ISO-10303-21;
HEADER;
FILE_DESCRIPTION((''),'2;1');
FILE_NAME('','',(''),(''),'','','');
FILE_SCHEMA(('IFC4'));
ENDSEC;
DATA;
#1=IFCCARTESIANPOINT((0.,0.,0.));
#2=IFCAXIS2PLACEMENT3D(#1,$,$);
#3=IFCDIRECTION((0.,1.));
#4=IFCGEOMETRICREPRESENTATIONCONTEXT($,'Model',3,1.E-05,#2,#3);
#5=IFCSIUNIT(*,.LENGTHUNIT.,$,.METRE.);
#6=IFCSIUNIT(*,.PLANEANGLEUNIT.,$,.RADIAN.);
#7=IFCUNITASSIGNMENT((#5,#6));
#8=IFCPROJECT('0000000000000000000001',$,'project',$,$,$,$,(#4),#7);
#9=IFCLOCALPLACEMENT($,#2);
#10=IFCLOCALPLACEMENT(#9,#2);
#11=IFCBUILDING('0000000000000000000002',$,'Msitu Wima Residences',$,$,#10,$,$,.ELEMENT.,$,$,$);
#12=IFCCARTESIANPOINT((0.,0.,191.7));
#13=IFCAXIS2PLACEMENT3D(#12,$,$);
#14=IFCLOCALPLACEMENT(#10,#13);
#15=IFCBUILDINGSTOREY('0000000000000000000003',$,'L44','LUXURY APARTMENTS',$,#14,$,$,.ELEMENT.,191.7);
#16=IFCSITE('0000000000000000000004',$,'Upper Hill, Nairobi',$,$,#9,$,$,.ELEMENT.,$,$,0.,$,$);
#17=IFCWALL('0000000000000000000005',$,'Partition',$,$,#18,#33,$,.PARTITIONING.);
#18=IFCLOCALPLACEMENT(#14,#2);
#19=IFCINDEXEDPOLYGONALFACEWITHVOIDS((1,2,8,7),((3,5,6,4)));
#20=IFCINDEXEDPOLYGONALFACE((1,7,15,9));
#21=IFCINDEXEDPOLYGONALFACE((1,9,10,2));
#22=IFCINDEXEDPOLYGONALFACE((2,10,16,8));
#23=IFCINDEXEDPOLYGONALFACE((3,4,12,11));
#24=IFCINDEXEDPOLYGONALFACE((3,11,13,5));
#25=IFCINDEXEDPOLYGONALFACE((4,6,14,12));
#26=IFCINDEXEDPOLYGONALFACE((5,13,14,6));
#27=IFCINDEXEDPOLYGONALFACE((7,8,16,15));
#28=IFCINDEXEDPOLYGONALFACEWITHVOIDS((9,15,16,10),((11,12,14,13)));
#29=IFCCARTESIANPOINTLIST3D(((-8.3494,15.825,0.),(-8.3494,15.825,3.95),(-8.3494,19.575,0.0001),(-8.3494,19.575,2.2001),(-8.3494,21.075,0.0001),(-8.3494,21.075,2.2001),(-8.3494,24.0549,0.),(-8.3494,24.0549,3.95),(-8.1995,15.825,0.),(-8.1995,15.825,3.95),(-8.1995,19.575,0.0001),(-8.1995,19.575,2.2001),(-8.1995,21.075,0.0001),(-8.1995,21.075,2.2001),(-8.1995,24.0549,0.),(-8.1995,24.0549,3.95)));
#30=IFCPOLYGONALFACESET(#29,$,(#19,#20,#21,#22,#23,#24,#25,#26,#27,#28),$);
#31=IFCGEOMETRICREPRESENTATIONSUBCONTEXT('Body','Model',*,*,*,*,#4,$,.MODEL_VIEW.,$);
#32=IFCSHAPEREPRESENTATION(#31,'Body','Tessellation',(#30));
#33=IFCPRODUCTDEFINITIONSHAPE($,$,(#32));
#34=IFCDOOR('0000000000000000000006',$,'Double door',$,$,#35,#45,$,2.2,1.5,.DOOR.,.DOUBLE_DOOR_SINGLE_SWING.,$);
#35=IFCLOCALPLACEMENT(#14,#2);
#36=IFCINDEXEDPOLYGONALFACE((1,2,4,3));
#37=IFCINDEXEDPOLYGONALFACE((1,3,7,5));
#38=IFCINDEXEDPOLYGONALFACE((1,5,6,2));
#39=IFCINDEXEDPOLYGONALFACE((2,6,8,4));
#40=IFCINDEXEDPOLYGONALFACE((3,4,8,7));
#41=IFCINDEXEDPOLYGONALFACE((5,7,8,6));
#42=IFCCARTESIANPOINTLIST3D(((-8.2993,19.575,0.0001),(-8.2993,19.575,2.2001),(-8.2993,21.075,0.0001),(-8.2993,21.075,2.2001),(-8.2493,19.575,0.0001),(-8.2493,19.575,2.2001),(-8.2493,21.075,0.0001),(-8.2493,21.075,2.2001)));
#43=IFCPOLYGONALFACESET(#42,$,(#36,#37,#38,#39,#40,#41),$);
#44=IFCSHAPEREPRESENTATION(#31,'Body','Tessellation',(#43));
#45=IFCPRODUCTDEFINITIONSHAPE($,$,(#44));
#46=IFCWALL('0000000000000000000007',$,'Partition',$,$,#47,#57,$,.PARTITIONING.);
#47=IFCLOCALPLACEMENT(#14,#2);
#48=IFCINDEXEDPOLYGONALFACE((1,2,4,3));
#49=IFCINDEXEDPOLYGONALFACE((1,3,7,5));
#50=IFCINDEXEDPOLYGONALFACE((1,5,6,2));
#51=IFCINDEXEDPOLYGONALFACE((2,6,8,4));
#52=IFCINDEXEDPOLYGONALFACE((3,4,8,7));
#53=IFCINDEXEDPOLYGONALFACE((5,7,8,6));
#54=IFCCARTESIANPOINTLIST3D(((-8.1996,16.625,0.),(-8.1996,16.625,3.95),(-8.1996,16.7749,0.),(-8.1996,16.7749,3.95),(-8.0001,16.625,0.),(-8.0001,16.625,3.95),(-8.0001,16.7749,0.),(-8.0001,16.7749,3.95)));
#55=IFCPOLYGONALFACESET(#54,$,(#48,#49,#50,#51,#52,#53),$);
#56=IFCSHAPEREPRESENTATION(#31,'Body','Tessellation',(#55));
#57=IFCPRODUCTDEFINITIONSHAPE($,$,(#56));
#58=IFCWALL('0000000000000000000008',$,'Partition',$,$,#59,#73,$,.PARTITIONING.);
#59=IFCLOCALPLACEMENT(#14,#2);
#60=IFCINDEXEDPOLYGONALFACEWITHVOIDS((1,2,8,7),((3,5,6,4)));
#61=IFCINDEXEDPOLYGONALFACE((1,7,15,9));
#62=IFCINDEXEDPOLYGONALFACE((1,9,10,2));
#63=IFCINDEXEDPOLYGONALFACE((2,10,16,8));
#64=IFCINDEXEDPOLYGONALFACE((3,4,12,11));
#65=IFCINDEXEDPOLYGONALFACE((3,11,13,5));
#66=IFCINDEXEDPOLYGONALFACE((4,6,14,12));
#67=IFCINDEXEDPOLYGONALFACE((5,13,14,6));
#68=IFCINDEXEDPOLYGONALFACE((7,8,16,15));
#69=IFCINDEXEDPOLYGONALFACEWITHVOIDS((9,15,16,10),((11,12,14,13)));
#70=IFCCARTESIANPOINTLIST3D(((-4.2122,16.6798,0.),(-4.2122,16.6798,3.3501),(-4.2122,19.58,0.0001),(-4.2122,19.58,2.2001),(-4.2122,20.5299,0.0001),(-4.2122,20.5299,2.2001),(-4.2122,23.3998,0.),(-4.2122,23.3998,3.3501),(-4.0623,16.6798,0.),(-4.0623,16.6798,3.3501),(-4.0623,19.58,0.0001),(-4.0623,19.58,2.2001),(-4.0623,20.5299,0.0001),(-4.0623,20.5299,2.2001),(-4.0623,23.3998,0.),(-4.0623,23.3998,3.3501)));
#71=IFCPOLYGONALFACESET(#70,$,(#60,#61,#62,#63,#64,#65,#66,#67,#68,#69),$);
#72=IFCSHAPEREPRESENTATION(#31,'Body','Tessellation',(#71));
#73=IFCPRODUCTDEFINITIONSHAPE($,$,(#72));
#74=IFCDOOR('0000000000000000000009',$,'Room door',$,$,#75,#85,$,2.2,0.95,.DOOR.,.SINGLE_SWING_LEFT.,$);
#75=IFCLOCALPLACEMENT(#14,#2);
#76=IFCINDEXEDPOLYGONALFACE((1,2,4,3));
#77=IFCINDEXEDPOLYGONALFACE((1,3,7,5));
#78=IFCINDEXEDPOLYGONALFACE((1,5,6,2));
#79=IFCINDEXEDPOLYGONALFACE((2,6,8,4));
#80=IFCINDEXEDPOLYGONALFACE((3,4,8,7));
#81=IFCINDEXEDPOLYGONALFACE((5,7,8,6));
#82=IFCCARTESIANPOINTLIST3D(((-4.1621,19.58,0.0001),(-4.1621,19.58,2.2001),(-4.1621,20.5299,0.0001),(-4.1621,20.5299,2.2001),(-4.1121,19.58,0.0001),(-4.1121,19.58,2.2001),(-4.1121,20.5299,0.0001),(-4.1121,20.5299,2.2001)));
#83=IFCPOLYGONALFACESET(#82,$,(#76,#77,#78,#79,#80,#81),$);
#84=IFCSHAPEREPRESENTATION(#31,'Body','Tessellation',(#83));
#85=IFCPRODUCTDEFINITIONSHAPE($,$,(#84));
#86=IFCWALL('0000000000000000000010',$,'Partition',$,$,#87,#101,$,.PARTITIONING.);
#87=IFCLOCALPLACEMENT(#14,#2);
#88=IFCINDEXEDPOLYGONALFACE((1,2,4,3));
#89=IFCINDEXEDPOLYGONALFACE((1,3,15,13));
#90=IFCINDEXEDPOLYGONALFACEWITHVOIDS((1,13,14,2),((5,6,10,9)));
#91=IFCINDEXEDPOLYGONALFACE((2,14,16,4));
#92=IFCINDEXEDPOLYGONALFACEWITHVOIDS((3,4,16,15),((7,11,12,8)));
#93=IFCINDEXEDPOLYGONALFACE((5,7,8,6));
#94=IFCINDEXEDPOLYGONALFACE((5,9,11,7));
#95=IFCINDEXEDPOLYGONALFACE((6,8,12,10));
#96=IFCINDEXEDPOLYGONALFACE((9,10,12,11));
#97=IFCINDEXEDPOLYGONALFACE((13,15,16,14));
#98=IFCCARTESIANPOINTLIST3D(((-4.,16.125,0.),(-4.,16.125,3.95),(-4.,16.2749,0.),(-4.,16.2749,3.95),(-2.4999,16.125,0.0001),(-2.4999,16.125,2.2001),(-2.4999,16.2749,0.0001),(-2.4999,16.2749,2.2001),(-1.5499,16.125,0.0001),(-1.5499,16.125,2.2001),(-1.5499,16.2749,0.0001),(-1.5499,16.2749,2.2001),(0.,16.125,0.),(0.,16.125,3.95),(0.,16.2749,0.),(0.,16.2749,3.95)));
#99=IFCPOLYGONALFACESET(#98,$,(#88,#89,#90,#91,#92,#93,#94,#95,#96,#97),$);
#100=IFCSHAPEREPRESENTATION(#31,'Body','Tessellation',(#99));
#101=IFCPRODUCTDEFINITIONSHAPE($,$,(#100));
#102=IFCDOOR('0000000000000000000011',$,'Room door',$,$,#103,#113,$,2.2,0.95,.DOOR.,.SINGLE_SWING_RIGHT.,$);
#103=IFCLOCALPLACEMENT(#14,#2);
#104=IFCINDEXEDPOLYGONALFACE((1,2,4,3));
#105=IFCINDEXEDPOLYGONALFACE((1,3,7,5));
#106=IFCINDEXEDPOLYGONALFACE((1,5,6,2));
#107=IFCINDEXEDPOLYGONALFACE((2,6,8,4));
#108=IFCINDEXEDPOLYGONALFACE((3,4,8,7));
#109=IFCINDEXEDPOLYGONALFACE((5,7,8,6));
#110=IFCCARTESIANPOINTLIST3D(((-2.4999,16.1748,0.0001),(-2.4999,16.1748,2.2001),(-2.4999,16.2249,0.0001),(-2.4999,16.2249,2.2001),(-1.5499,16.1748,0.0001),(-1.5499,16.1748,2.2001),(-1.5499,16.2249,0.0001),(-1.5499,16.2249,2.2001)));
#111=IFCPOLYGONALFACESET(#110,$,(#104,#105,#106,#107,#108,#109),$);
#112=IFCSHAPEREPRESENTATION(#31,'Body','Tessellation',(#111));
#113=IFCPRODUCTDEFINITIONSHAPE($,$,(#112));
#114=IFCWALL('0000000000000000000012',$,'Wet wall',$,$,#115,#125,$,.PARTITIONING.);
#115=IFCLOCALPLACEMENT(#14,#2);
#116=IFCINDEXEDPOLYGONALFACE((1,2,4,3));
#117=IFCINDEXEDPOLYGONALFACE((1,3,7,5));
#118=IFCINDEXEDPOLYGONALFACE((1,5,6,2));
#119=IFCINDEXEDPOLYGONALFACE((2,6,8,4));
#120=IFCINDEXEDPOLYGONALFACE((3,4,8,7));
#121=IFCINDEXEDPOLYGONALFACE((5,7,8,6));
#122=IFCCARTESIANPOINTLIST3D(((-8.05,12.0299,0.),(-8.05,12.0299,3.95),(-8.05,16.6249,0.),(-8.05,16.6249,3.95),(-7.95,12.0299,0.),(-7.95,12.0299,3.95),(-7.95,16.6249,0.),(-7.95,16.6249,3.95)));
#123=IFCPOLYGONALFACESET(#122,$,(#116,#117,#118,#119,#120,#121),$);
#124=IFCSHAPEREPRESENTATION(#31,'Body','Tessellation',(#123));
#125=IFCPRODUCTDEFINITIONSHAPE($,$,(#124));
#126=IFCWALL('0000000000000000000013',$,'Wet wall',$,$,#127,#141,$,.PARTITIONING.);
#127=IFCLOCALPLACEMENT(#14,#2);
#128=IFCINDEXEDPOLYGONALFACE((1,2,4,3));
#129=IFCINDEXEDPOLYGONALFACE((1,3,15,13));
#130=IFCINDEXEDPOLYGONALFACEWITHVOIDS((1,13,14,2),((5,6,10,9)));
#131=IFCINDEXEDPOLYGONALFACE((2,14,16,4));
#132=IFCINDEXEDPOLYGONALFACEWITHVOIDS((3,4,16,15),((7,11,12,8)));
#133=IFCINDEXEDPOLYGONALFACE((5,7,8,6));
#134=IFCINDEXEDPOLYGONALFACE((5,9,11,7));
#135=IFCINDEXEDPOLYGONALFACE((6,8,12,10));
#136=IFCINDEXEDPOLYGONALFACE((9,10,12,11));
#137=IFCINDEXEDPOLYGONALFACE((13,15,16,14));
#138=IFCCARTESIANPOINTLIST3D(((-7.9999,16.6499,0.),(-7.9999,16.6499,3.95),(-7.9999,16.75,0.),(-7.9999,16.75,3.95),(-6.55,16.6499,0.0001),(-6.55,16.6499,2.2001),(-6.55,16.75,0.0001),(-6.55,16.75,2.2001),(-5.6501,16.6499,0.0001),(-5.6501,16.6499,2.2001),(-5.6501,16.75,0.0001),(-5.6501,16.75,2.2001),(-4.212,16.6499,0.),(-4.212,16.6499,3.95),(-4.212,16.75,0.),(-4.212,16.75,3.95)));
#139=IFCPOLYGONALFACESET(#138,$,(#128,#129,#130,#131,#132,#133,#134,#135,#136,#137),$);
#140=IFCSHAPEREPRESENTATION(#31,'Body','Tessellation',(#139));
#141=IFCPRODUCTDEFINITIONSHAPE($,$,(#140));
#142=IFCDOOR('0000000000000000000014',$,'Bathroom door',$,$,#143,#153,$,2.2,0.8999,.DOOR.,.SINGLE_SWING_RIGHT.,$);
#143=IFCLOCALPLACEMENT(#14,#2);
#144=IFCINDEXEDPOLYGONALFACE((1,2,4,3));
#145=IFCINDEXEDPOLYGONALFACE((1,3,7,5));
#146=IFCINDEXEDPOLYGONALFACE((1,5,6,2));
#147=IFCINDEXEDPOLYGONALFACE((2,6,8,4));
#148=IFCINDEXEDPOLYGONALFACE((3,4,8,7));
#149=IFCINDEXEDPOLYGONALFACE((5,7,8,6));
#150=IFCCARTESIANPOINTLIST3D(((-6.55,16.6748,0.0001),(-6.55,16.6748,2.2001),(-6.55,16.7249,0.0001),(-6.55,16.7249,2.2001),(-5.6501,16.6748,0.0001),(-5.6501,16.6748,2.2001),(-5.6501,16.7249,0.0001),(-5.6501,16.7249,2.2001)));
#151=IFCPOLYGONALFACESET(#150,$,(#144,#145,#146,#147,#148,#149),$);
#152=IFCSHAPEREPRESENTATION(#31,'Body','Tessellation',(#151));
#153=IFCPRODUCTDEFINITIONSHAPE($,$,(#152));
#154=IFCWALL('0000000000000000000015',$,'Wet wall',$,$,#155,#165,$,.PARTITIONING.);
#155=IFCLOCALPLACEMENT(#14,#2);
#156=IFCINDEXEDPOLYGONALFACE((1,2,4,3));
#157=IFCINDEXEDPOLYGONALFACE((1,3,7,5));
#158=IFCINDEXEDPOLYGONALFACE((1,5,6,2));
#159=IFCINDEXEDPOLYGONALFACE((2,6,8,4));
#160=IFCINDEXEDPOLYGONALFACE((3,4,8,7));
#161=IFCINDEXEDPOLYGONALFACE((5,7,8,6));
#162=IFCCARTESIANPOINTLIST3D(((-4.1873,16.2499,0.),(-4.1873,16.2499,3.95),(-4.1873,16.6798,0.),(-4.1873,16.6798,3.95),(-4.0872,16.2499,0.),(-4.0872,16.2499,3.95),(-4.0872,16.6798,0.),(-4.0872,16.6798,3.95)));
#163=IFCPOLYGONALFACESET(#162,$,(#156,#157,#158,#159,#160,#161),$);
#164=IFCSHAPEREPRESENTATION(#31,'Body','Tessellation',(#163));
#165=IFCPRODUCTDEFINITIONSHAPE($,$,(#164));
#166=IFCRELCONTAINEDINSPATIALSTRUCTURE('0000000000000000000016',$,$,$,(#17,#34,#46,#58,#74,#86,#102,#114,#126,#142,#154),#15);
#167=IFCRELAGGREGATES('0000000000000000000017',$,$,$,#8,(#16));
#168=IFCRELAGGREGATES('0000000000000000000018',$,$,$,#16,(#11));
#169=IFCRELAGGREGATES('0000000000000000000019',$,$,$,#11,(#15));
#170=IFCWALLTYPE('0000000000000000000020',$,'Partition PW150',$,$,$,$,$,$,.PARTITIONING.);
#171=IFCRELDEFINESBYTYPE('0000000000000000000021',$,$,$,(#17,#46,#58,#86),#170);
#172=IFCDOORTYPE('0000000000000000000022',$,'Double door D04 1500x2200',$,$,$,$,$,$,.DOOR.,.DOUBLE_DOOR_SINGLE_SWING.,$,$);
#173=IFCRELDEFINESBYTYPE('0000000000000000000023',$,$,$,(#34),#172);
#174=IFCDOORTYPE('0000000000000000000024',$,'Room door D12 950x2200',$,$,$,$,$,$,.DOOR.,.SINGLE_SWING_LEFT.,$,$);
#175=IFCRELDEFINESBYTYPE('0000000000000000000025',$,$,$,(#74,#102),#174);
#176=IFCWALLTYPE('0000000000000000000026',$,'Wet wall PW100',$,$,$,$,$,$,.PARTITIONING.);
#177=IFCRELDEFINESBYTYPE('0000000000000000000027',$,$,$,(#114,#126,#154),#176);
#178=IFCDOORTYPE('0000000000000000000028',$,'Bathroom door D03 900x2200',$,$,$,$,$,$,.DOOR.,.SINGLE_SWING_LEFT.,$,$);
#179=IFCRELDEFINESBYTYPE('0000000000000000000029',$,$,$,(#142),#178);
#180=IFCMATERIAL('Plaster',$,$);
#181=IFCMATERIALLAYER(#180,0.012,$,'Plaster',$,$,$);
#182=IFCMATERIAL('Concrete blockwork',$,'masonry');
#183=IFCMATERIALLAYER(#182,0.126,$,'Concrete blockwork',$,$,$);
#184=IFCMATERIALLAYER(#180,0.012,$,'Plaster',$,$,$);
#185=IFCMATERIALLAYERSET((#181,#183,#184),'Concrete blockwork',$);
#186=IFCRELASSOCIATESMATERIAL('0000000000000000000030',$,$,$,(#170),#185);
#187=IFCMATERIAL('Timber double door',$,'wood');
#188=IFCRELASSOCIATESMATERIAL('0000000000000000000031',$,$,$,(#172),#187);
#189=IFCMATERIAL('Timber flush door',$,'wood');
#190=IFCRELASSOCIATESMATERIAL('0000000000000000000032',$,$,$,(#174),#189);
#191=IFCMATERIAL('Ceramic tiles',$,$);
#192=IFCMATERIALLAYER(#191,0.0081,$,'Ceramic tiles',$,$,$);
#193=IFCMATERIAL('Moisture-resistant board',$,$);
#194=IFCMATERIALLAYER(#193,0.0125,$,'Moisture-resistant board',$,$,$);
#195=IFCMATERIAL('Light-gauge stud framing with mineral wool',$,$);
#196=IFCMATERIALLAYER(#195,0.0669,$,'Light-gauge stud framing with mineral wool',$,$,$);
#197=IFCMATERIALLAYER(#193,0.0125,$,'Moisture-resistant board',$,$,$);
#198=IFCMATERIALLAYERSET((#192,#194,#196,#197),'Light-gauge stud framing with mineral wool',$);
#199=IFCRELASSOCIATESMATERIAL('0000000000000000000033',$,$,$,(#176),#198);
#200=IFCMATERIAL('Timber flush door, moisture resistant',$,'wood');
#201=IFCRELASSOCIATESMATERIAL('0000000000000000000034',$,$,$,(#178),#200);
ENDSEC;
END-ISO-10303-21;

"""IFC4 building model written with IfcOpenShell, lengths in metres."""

from ifc_helpers import new_model, si_unit, direction, frame, frame_2d, origin, place, context, subcontext, project, spatial, rectangle, extrude, material, layer, layer_set, type_object, element, fill, save


model = new_model("IFC4")

# Units and contexts
model_context = context("Model", 3, precision=1e-05, world=origin(), true_north=direction((0.0, 1.0)))
body_context = subcontext(model_context, "Body", "Model", "MODEL_VIEW")
ifc_project = project(units=[si_unit("LENGTHUNIT", "METRE"), si_unit("PLANEANGLEUNIT", "RADIAN")], contexts=[model_context])

# Site, building, storey
site_placement = place(None, origin())
site = spatial("IfcSite", under=ifc_project, at=site_placement, Name="Upper Hill, Nairobi", CompositionType="ELEMENT", RefElevation=0.0)
building_placement = place(site_placement, origin())
building = spatial("IfcBuilding", under=site, at=building_placement, Name="Msitu Wima Residences", CompositionType="ELEMENT")
storey_placement = place(building_placement, frame((0.0, 0.0, 191.7)))
storey = spatial("IfcBuildingStorey", under=building, at=storey_placement, Name="L44", Description="LUXURY APARTMENTS", CompositionType="ELEMENT", Elevation=191.7)

# Wall, opening, door
ifc_material_1 = material(Name="Plaster")
ifc_layer_1 = layer(ifc_material_1, 0.012, Name="Plaster")
ifc_material_2 = material(Name="Concrete blockwork", Category="masonry")
ifc_layer_2 = layer(ifc_material_2, 0.126, Name="Concrete blockwork")
ifc_layer_3 = layer(ifc_material_1, 0.012, Name="Plaster")
ifc_layer_set_1 = layer_set([ifc_layer_1, ifc_layer_2, ifc_layer_3], Name="Concrete blockwork")
wall_type_1 = type_object("IfcWallType", Name="Partition PW150", PredefinedType="PARTITIONING", material=ifc_layer_set_1)
wall_1_placement = place(storey_placement, frame((-8.2744, 15.825, 0.0), z_axis=(0.0, 0.0, 1.0), x_axis=(0.0, 1.0, 0.0)))
wall_1 = element("IfcWall", 1, at=wall_1_placement, inside=storey, type_object=wall_type_1, Name="Partition", PredefinedType="PARTITIONING", context=body_context, shape_type="SweptSolid", body=[
    extrude(rectangle(XDim=8.23, YDim=0.1499, at=frame_2d((4.115, 0.0))), origin(), (0.0, 0.0, 1.0), 3.95),
])
opening_1_placement = place(wall_1_placement, frame((3.75, 0.0, 0.0)))
opening_1 = element("IfcOpeningElement", 2, at=opening_1_placement, cuts=wall_1, PredefinedType="OPENING", context=body_context, shape_type="SweptSolid", body=[
    extrude(rectangle(XDim=1.5, YDim=2.2, at=frame_2d((0.75, 1.1001))), frame((0.0, 0.085, 0.0), z_axis=(0.0, -1.0, 0.0), x_axis=(1.0, 0.0, 0.0)), (0.0, 0.0, 1.0), 0.1699),
])
ifc_material_3 = material(Name="Timber double door", Category="wood")
door_type_1 = type_object("IfcDoorType", Name="Double door D04 1500x2200", OperationType="DOUBLE_DOOR_SINGLE_SWING", PredefinedType="DOOR", material=ifc_material_3)
door_1_placement = place(opening_1_placement, origin())
door_1 = element("IfcDoor", 3, at=door_1_placement, inside=storey, type_object=door_type_1, Name="Double door", OperationType="DOUBLE_DOOR_SINGLE_SWING", OverallHeight=2.2, OverallWidth=1.5, PredefinedType="DOOR", context=body_context, shape_type="SweptSolid", body=[
    extrude(rectangle(XDim=1.5, YDim=2.2, at=frame_2d((0.75, 1.1001))), frame((0.0, 0.0249, 0.0), z_axis=(0.0, -1.0, 0.0), x_axis=(1.0, 0.0, 0.0)), (0.0, 0.0, 1.0), 0.05),
])
fill(opening_1, door_1)

# Wall
wall_2_placement = place(storey_placement, frame((-8.1995, 16.7, 0.0), z_axis=(0.0, 0.0, 1.0), x_axis=(1.0, 0.0, 0.0)))
element("IfcWall", 4, at=wall_2_placement, inside=storey, type_object=wall_type_1, Name="Partition", PredefinedType="PARTITIONING", context=body_context, shape_type="SweptSolid", body=[
    extrude(rectangle(XDim=0.1995, YDim=0.1499, at=frame_2d((0.0996, 0.0))), origin(), (0.0, 0.0, 1.0), 3.95),
])

# Walls, openings, doors
wall_3_placement = place(storey_placement, frame((-4.1372, 16.6799, 0.0), z_axis=(0.0, 0.0, 1.0), x_axis=(0.0, 1.0, 0.0)))
wall_3 = element("IfcWall", 5, at=wall_3_placement, inside=storey, type_object=wall_type_1, Name="Partition", PredefinedType="PARTITIONING", context=body_context, shape_type="SweptSolid", body=[
    extrude(rectangle(XDim=6.72, YDim=0.1499, at=frame_2d((3.3599, 0.0))), origin(), (0.0, 0.0, 1.0), 3.3501),
])
opening_2_placement = place(wall_3_placement, frame((2.8999, 0.0, 0.0)))
opening_2 = element("IfcOpeningElement", 6, at=opening_2_placement, cuts=wall_3, PredefinedType="OPENING", context=body_context, shape_type="SweptSolid", body=[
    extrude(rectangle(XDim=0.95, YDim=2.2, at=frame_2d((0.4751, 1.1001))), frame((0.0, 0.085, 0.0), z_axis=(0.0, -1.0, 0.0), x_axis=(1.0, 0.0, 0.0)), (0.0, 0.0, 1.0), 0.1699),
])
ifc_material_4 = material(Name="Timber flush door", Category="wood")
door_type_2 = type_object("IfcDoorType", Name="Room door D12 950x2200", OperationType="SINGLE_SWING_LEFT", PredefinedType="DOOR", material=ifc_material_4)
door_2_placement = place(opening_2_placement, origin())
door_2 = element("IfcDoor", 7, at=door_2_placement, inside=storey, type_object=door_type_2, Name="Room door", OperationType="SINGLE_SWING_LEFT", OverallHeight=2.2, OverallWidth=0.95, PredefinedType="DOOR", context=body_context, shape_type="SweptSolid", body=[
    extrude(rectangle(XDim=0.95, YDim=2.2, at=frame_2d((0.4751, 1.1001))), frame((0.0, 0.0249, 0.0), z_axis=(0.0, -1.0, 0.0), x_axis=(1.0, 0.0, 0.0)), (0.0, 0.0, 1.0), 0.05),
])
fill(opening_2, door_2)
wall_4_placement = place(storey_placement, frame((-4.0, 16.2, 0.0), z_axis=(0.0, 0.0, 1.0), x_axis=(1.0, 0.0, 0.0)))
wall_4 = element("IfcWall", 8, at=wall_4_placement, inside=storey, type_object=wall_type_1, Name="Partition", PredefinedType="PARTITIONING", context=body_context, shape_type="SweptSolid", body=[
    extrude(rectangle(XDim=4.0, YDim=0.1499, at=frame_2d((2.0, 0.0))), origin(), (0.0, 0.0, 1.0), 3.95),
])
opening_3_placement = place(wall_4_placement, frame((1.5, 0.0, 0.0)))
opening_3 = element("IfcOpeningElement", 9, at=opening_3_placement, cuts=wall_4, PredefinedType="OPENING", context=body_context, shape_type="SweptSolid", body=[
    extrude(rectangle(XDim=0.95, YDim=2.2, at=frame_2d((0.4751, 1.1001))), frame((0.0, 0.085, 0.0), z_axis=(0.0, -1.0, 0.0), x_axis=(1.0, 0.0, 0.0)), (0.0, 0.0, 1.0), 0.1699),
])
door_3_placement = place(opening_3_placement, origin())
door_3 = element("IfcDoor", 10, at=door_3_placement, inside=storey, type_object=door_type_2, Name="Room door", OperationType="SINGLE_SWING_RIGHT", OverallHeight=2.2, OverallWidth=0.95, PredefinedType="DOOR", context=body_context, shape_type="SweptSolid", body=[
    extrude(rectangle(XDim=0.95, YDim=2.2, at=frame_2d((0.4751, 1.1001))), frame((0.0, 0.0249, 0.0), z_axis=(0.0, -1.0, 0.0), x_axis=(1.0, 0.0, 0.0)), (0.0, 0.0, 1.0), 0.05),
])
fill(opening_3, door_3)

# Wall
ifc_material_5 = material(Name="Ceramic tiles")
ifc_layer_4 = layer(ifc_material_5, 0.0081, Name="Ceramic tiles")
ifc_material_6 = material(Name="Moisture-resistant board")
ifc_layer_5 = layer(ifc_material_6, 0.0125, Name="Moisture-resistant board")
ifc_material_7 = material(Name="Light-gauge stud framing with mineral wool")
ifc_layer_6 = layer(ifc_material_7, 0.0669, Name="Light-gauge stud framing with mineral wool")
ifc_layer_7 = layer(ifc_material_6, 0.0125, Name="Moisture-resistant board")
ifc_layer_set_2 = layer_set([ifc_layer_4, ifc_layer_5, ifc_layer_6, ifc_layer_7], Name="Light-gauge stud framing with mineral wool")
wall_type_2 = type_object("IfcWallType", Name="Wet wall PW100", PredefinedType="PARTITIONING", material=ifc_layer_set_2)
wall_5_placement = place(storey_placement, frame((-8.0, 12.03, 0.0), z_axis=(0.0, 0.0, 1.0), x_axis=(0.0, 1.0, 0.0)))
element("IfcWall", 11, at=wall_5_placement, inside=storey, type_object=wall_type_2, Name="Wet wall", PredefinedType="PARTITIONING", context=body_context, shape_type="SweptSolid", body=[
    extrude(rectangle(XDim=4.595, YDim=0.1001, at=frame_2d((2.2974, 0.0))), origin(), (0.0, 0.0, 1.0), 3.95),
])

# Wall, opening, door
wall_6_placement = place(storey_placement, frame((-8.0, 16.7, 0.0), z_axis=(0.0, 0.0, 1.0), x_axis=(1.0, 0.0, 0.0)))
wall_6 = element("IfcWall", 12, at=wall_6_placement, inside=storey, type_object=wall_type_2, Name="Wet wall", PredefinedType="PARTITIONING", context=body_context, shape_type="SweptSolid", body=[
    extrude(rectangle(XDim=3.7878, YDim=0.1001, at=frame_2d((1.894, 0.0))), origin(), (0.0, 0.0, 1.0), 3.95),
])
opening_4_placement = place(wall_6_placement, frame((1.45, 0.0, 0.0)))
opening_4 = element("IfcOpeningElement", 13, at=opening_4_placement, cuts=wall_6, PredefinedType="OPENING", context=body_context, shape_type="SweptSolid", body=[
    extrude(rectangle(XDim=0.8999, YDim=2.2, at=frame_2d((0.45, 1.1001))), frame((0.0, 0.0601, 0.0), z_axis=(0.0, -1.0, 0.0), x_axis=(1.0, 0.0, 0.0)), (0.0, 0.0, 1.0), 0.1201),
])
ifc_material_8 = material(Name="Timber flush door, moisture resistant", Category="wood")
door_type_3 = type_object("IfcDoorType", Name="Bathroom door D03 900x2200", OperationType="SINGLE_SWING_LEFT", PredefinedType="DOOR", material=ifc_material_8)
door_4_placement = place(opening_4_placement, origin())
door_4 = element("IfcDoor", 14, at=door_4_placement, inside=storey, type_object=door_type_3, Name="Bathroom door", OperationType="SINGLE_SWING_RIGHT", OverallHeight=2.2, OverallWidth=0.8999, PredefinedType="DOOR", context=body_context, shape_type="SweptSolid", body=[
    extrude(rectangle(XDim=0.8999, YDim=2.2, at=frame_2d((0.45, 1.1001))), frame((0.0, 0.0249, 0.0), z_axis=(0.0, -1.0, 0.0), x_axis=(1.0, 0.0, 0.0)), (0.0, 0.0, 1.0), 0.05),
])
fill(opening_4, door_4)

# Wall
wall_7_placement = place(storey_placement, frame((-4.1372, 16.25, 0.0), z_axis=(0.0, 0.0, 1.0), x_axis=(0.0, 1.0, 0.0)))
element("IfcWall", 15, at=wall_7_placement, inside=storey, type_object=wall_type_2, Name="Wet wall", PredefinedType="PARTITIONING", context=body_context, shape_type="SweptSolid", body=[
    extrude(rectangle(XDim=0.4299, YDim=0.1001, at=frame_2d((0.2148, 0.0))), origin(), (0.0, 0.0, 1.0), 3.95),
])

save(model, "model.ifc")
